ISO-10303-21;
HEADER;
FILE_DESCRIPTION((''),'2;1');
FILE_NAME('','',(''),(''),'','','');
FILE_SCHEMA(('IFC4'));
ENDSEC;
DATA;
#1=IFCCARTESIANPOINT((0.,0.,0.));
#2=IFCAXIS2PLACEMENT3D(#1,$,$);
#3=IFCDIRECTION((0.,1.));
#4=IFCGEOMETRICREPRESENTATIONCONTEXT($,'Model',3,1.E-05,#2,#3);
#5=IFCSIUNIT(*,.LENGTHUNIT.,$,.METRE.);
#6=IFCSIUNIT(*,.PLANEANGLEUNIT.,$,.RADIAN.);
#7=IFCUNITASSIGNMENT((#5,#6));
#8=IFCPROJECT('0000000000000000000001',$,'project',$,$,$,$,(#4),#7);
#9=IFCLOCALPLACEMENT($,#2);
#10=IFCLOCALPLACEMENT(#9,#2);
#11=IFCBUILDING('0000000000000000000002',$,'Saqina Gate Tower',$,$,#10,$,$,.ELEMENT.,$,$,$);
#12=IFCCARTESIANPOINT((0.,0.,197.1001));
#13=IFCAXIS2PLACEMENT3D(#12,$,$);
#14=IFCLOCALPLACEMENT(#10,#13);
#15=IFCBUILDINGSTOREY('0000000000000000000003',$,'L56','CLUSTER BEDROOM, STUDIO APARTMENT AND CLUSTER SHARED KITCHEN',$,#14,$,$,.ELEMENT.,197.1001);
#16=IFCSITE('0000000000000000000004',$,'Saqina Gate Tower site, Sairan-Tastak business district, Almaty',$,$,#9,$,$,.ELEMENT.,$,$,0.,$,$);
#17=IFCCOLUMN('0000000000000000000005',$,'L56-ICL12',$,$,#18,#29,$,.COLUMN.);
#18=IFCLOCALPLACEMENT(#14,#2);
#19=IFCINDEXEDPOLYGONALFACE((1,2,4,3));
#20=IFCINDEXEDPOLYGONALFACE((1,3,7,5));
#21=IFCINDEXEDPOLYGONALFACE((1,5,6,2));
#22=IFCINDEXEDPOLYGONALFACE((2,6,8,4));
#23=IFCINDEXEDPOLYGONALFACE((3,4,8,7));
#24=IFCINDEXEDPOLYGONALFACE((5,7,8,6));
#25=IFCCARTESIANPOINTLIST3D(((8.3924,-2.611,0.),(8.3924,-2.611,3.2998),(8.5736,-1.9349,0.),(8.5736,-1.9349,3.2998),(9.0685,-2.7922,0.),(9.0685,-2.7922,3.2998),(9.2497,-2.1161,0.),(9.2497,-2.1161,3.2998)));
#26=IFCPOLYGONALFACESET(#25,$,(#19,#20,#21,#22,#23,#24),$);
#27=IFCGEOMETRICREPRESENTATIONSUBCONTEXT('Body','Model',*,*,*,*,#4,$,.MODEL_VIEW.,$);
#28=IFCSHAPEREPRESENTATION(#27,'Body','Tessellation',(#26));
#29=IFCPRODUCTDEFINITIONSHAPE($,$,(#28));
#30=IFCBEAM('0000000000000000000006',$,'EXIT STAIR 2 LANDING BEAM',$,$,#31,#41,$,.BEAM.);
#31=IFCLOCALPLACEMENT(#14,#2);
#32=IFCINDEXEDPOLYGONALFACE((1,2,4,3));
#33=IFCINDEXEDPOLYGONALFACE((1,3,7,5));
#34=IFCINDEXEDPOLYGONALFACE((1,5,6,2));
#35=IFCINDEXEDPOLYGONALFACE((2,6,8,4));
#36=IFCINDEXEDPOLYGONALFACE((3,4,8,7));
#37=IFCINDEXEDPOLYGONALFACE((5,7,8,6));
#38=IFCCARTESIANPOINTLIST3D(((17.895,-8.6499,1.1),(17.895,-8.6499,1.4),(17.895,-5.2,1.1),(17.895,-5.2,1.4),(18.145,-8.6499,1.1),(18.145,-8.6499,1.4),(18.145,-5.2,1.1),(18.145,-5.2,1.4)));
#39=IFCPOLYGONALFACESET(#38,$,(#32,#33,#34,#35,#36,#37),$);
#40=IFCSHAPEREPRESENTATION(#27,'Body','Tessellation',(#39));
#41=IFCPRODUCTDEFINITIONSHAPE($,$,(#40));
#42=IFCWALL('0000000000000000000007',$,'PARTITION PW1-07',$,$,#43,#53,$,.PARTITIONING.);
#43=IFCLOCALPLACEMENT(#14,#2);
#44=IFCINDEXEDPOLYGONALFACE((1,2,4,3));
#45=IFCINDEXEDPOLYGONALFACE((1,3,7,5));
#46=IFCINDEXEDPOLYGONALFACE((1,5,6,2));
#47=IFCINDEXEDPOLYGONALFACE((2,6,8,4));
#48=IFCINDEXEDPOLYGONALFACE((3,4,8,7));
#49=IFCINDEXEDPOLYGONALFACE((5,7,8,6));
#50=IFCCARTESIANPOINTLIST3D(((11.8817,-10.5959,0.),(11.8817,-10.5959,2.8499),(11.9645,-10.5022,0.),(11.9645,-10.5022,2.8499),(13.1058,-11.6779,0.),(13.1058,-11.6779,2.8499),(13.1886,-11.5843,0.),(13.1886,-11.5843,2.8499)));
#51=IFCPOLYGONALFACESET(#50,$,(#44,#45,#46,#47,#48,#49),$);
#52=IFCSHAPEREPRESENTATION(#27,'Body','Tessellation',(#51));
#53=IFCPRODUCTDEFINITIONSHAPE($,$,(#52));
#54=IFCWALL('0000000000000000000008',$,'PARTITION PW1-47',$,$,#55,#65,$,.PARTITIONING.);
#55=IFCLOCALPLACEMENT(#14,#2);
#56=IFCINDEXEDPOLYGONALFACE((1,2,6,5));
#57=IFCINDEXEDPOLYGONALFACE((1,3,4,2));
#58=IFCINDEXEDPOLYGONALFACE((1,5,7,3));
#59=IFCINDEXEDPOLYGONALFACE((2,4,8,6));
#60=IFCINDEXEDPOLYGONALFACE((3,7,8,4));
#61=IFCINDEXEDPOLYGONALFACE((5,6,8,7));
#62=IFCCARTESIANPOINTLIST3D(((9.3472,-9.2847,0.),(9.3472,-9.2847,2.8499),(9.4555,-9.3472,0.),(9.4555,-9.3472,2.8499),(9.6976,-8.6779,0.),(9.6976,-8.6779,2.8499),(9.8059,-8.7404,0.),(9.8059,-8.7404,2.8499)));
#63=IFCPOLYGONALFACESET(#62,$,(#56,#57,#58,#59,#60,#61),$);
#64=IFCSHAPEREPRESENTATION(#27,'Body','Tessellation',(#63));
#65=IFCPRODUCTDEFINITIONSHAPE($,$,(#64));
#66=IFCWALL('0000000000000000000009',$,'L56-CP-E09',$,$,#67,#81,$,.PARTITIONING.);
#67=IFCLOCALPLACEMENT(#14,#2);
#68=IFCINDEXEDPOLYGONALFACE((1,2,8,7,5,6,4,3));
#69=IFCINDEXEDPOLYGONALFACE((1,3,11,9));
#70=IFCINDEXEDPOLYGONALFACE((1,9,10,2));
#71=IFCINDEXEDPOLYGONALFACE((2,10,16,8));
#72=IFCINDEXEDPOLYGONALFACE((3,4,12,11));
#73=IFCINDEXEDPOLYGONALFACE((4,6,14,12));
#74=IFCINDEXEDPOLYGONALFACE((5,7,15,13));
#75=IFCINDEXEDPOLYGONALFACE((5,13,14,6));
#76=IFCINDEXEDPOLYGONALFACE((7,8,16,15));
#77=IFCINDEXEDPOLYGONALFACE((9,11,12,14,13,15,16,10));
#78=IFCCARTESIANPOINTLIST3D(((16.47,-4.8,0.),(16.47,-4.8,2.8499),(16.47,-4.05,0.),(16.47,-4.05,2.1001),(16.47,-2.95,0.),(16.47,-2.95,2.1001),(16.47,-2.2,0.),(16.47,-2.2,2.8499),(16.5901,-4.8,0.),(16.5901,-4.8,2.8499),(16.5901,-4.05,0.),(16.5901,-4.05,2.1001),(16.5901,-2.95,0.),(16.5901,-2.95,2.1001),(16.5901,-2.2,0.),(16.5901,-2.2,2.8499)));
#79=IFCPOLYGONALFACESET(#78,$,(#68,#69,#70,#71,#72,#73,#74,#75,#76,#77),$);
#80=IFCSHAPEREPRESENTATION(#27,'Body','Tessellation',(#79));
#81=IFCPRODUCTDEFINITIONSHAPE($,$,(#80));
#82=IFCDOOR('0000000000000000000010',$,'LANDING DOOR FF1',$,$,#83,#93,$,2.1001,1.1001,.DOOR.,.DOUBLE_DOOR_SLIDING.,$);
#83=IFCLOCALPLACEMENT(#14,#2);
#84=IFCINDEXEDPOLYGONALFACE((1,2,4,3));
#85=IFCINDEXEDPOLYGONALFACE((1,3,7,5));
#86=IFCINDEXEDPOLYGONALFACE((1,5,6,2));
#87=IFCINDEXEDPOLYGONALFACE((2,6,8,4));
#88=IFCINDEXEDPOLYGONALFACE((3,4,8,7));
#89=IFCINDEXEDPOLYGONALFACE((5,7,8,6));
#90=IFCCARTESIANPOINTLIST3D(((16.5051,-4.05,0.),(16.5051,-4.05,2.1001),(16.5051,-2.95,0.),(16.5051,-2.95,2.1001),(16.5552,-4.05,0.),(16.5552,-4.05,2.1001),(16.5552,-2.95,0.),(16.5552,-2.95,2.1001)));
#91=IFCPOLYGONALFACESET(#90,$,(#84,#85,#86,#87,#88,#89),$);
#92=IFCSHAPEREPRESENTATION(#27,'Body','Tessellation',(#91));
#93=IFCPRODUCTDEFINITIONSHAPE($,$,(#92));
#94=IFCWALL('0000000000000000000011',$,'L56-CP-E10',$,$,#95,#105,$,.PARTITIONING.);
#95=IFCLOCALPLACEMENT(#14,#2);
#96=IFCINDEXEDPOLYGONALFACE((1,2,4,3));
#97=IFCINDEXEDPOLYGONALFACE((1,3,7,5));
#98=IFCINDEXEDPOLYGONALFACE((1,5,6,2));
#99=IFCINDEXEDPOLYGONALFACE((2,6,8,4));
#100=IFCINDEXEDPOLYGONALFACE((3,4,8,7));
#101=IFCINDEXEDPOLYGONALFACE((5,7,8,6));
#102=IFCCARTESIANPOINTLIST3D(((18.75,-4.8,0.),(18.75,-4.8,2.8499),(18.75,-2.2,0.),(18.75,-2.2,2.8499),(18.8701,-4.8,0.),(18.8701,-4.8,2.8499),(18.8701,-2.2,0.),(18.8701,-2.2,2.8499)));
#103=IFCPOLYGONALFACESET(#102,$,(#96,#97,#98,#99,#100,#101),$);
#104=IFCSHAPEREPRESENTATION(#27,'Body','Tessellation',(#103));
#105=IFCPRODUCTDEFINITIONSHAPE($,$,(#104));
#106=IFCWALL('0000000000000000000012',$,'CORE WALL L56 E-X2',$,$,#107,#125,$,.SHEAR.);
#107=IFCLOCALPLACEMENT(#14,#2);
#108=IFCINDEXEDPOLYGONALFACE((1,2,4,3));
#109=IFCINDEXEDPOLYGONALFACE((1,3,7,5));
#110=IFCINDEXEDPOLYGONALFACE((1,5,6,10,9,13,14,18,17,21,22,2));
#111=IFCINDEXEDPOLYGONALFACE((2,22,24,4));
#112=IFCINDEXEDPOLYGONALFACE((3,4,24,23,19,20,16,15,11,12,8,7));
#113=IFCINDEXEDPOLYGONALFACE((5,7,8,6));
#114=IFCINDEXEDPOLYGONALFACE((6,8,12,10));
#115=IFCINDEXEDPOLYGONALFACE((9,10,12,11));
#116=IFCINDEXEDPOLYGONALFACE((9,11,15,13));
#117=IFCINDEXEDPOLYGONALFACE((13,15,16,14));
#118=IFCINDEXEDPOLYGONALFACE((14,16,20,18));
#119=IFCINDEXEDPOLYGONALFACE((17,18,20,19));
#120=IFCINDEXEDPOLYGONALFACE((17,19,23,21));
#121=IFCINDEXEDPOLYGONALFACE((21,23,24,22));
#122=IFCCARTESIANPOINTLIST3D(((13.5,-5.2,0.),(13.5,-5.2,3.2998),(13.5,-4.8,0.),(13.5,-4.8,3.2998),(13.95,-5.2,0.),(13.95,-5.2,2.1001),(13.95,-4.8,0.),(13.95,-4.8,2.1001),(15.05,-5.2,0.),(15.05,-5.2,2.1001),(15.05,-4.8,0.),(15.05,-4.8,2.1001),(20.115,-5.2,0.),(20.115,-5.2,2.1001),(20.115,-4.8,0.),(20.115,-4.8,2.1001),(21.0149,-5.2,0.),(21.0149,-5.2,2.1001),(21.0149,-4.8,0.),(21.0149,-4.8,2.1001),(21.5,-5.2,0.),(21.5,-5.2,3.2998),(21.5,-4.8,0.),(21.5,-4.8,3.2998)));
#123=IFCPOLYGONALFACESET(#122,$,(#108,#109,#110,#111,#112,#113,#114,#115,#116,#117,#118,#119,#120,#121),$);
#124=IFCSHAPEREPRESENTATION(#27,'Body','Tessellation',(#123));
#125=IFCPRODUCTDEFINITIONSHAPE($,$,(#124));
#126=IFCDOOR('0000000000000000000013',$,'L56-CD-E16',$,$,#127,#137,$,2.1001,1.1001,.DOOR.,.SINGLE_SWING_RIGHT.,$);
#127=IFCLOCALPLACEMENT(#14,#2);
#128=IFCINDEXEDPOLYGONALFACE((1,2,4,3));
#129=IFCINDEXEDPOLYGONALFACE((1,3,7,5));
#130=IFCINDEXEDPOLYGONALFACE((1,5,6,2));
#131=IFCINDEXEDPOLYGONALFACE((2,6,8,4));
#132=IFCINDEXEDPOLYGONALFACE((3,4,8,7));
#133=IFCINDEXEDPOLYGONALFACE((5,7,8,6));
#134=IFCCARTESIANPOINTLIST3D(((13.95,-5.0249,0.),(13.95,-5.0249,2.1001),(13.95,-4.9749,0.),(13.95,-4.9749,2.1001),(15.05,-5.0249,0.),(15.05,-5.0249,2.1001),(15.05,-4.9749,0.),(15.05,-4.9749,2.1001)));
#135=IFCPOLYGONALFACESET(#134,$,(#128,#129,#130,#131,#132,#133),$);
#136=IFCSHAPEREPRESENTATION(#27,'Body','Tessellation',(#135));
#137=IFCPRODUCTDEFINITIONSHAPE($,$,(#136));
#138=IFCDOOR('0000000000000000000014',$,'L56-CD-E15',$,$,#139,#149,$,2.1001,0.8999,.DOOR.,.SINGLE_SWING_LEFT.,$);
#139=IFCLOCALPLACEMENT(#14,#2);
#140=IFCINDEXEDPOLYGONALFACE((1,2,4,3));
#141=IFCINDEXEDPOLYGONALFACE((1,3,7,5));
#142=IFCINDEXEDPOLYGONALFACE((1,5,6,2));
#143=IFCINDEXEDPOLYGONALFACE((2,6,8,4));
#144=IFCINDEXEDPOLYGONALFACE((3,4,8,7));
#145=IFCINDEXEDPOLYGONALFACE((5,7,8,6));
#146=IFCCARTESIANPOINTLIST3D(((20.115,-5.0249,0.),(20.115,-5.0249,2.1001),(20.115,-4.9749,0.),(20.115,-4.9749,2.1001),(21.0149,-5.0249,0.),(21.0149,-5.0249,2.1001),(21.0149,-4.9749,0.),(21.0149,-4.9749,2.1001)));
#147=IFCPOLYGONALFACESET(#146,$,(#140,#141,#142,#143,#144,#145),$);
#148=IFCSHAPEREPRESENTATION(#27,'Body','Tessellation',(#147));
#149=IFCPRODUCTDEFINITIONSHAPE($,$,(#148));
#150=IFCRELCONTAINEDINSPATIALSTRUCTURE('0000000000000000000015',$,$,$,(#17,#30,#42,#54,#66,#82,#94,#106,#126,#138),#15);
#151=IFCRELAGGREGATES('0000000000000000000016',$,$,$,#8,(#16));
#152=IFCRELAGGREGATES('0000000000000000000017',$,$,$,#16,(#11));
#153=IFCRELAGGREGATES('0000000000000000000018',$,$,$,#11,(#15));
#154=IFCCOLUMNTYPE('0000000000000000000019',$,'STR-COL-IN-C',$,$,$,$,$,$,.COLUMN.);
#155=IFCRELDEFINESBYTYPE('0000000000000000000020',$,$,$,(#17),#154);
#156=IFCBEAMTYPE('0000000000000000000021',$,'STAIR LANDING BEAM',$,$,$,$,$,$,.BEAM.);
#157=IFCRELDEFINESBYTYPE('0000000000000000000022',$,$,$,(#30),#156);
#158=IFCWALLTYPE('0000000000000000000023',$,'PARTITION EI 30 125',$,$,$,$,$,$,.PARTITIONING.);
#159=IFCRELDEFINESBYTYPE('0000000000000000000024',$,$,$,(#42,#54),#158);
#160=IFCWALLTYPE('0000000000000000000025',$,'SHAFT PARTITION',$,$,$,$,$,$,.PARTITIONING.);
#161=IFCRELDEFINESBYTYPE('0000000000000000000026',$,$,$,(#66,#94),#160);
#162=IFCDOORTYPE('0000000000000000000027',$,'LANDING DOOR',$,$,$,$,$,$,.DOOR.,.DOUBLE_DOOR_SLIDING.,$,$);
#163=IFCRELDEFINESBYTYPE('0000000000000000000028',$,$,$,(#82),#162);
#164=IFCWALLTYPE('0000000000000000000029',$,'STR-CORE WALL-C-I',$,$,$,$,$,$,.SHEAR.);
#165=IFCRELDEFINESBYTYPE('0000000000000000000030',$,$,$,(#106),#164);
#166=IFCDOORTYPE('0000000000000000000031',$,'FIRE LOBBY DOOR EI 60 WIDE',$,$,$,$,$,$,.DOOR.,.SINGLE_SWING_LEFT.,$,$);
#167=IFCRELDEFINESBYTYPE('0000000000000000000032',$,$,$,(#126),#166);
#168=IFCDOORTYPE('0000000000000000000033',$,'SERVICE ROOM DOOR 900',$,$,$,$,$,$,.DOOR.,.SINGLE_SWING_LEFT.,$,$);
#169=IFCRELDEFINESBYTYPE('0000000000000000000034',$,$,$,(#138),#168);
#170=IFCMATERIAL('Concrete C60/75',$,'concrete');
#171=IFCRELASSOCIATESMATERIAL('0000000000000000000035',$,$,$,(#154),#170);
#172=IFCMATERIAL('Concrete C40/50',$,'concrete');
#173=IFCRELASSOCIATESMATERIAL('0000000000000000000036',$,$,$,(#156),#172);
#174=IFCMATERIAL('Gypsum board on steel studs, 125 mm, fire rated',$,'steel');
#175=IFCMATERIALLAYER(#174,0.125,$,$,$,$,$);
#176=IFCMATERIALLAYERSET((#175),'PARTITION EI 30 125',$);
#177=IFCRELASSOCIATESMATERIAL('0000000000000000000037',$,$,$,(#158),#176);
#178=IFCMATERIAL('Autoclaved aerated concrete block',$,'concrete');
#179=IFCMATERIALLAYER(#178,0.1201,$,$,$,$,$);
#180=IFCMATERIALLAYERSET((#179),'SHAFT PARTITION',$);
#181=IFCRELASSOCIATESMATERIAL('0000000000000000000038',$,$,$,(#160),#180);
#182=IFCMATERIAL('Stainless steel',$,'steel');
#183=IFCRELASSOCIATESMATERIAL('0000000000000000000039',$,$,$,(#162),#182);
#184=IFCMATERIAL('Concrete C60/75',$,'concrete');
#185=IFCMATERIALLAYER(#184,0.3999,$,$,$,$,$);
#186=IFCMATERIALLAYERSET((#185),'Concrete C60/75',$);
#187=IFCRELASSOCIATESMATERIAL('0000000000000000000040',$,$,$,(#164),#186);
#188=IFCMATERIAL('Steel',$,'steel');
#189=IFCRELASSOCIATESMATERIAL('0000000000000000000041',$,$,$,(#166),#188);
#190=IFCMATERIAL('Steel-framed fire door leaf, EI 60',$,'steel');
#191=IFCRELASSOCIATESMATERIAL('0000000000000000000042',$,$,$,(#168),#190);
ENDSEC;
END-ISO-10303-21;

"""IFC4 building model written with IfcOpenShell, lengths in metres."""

from ifc_helpers import new_model, si_unit, direction, frame, frame_2d, origin, origin_2d, place, context, subcontext, project, spatial, rectangle, extrude, material, layer, layer_set, material_profile, profile_set, type_object, element, fill, save


model = new_model("IFC4")

# Units and contexts
model_context = context("Model", 3, precision=1e-05, world=origin(), true_north=direction((0.0, 1.0)))
body_context = subcontext(model_context, "Body", "Model", "MODEL_VIEW")
ifc_project = project(units=[si_unit("LENGTHUNIT", "METRE"), si_unit("PLANEANGLEUNIT", "RADIAN")], contexts=[model_context])

# Site, building, storey
site_placement = place(None, origin())
site = spatial("IfcSite", under=ifc_project, at=site_placement, Name="Saqina Gate Tower site, Sairan-Tastak business district, Almaty", CompositionType="ELEMENT", RefElevation=0.0)
building_placement = place(site_placement, origin())
building = spatial("IfcBuilding", under=site, at=building_placement, Name="Saqina Gate Tower", CompositionType="ELEMENT")
storey_placement = place(building_placement, frame((0.0, 0.0, 197.1001)))
storey = spatial("IfcBuildingStorey", under=building, at=storey_placement, Name="L56", Description="CLUSTER BEDROOM, STUDIO APARTMENT AND CLUSTER SHARED KITCHEN", CompositionType="ELEMENT", Elevation=197.1001)

# Column
ifc_material_1 = material(Name="Concrete C60/75", Category="concrete")
ifc_material_profile_1 = material_profile(ifc_material_1, rectangle(XDim=0.7, YDim=0.7, at=origin_2d()), Name="RC 700x700")
ifc_profile_set_1 = profile_set([ifc_material_profile_1], Name="Concrete C60/75")
column_type = type_object("IfcColumnType", Name="STR-COL-IN-C", PredefinedType="COLUMN", material=ifc_profile_set_1)
column_placement = place(storey_placement, frame((8.821, -2.3635, 0.0), z_axis=(0.0, 0.0, 1.0), x_axis=(0.965926, -0.258819, 0.0)))
element("IfcColumn", 1, at=column_placement, inside=storey, type_object=column_type, Name="L56-ICL12", PredefinedType="COLUMN", context=body_context, shape_type="SweptSolid", body=[
    extrude(rectangle(XDim=0.7, YDim=0.7, at=origin_2d()), origin(), (0.0, 0.0, 1.0), 3.2998),
])

# Beam
ifc_material_2 = material(Name="Concrete C40/50", Category="concrete")
ifc_material_profile_2 = material_profile(ifc_material_2, rectangle(XDim=0.25, YDim=0.3, at=origin_2d()), Name="STAIR LANDING BEAM")
ifc_profile_set_2 = profile_set([ifc_material_profile_2], Name="Concrete C40/50")
beam_type = type_object("IfcBeamType", Name="STAIR LANDING BEAM", PredefinedType="BEAM", material=ifc_profile_set_2)
beam_placement = place(storey_placement, frame((18.02, -8.6499, 1.25), z_axis=(0.0, 1.0, 0.0), x_axis=(-1.0, 0.0, 0.0)))
element("IfcBeam", 2, at=beam_placement, inside=storey, type_object=beam_type, Name="EXIT STAIR 2 LANDING BEAM", PredefinedType="BEAM", context=body_context, shape_type="SweptSolid", body=[
    extrude(rectangle(XDim=0.25, YDim=0.3, at=origin_2d()), origin(), (0.0, 0.0, 1.0), 3.45),
])

# Walls
ifc_material_3 = material(Name="Gypsum board on steel studs, 125 mm, fire rated", Category="steel")
ifc_layer_1 = layer(ifc_material_3, 0.125)
ifc_layer_set_1 = layer_set([ifc_layer_1], Name="PARTITION EI 30 125")
wall_type_1 = type_object("IfcWallType", Name="PARTITION EI 30 125", PredefinedType="PARTITIONING", material=ifc_layer_set_1)
wall_1_placement = place(storey_placement, frame((11.9231, -10.5491, 0.0), z_axis=(0.0, 0.0, 1.0), x_axis=(0.749253, -0.662284, 0.0)))
element("IfcWall", 3, at=wall_1_placement, inside=storey, type_object=wall_type_1, Name="PARTITION PW1-07", PredefinedType="PARTITIONING", context=body_context, shape_type="SweptSolid", body=[
    extrude(rectangle(XDim=1.6338, YDim=0.125, at=frame_2d((0.8169, 0.0))), origin(), (0.0, 0.0, 1.0), 2.8499),
])
wall_2_placement = place(storey_placement, frame((9.4014, -9.3159, 0.0), z_axis=(0.0, 0.0, 1.0), x_axis=(0.500074, 0.865982, 0.0)))
element("IfcWall", 4, at=wall_2_placement, inside=storey, type_object=wall_type_1, Name="PARTITION PW1-47", PredefinedType="PARTITIONING", context=body_context, shape_type="SweptSolid", body=[
    extrude(rectangle(XDim=0.7007, YDim=0.125, at=frame_2d((0.3503, 0.0))), origin(), (0.0, 0.0, 1.0), 2.8499),
])

# Wall, opening, door
ifc_material_4 = material(Name="Autoclaved aerated concrete block", Category="concrete")
ifc_layer_2 = layer(ifc_material_4, 0.1201)
ifc_layer_set_2 = layer_set([ifc_layer_2], Name="SHAFT PARTITION")
wall_type_2 = type_object("IfcWallType", Name="SHAFT PARTITION", PredefinedType="PARTITIONING", material=ifc_layer_set_2)
wall_3_placement = place(storey_placement, frame((16.53, -4.8, 0.0), z_axis=(0.0, 0.0, 1.0), x_axis=(0.0, 1.0, 0.0)))
wall_3 = element("IfcWall", 5, at=wall_3_placement, inside=storey, type_object=wall_type_2, Name="L56-CP-E09", PredefinedType="PARTITIONING", context=body_context, shape_type="SweptSolid", body=[
    extrude(rectangle(XDim=2.6001, YDim=0.1201, at=frame_2d((1.3, 0.0))), origin(), (0.0, 0.0, 1.0), 2.8499),
])
opening_1_placement = place(wall_3_placement, frame((0.75, 0.0, 0.0)))
opening_1 = element("IfcOpeningElement", 6, at=opening_1_placement, cuts=wall_3, PredefinedType="OPENING", context=body_context, shape_type="SweptSolid", body=[
    extrude(rectangle(XDim=1.1001, YDim=2.1001, at=frame_2d((0.55, 1.05))), frame((0.0, 0.072, 0.0), z_axis=(0.0, -1.0, 0.0), x_axis=(1.0, 0.0, 0.0)), (0.0, 0.0, 1.0), 0.144),
])
ifc_material_5 = material(Name="Stainless steel", Category="steel")
door_type_1 = type_object("IfcDoorType", Name="LANDING DOOR", OperationType="DOUBLE_DOOR_SLIDING", PredefinedType="DOOR", material=ifc_material_5)
door_1_placement = place(opening_1_placement, origin())
door_1 = element("IfcDoor", 7, at=door_1_placement, inside=storey, type_object=door_type_1, Name="LANDING DOOR FF1", OperationType="DOUBLE_DOOR_SLIDING", OverallHeight=2.1001, OverallWidth=1.1001, PredefinedType="DOOR", context=body_context, shape_type="SweptSolid", body=[
    extrude(rectangle(XDim=1.1001, YDim=2.1001, at=frame_2d((0.55, 1.05))), frame((0.0, 0.0249, 0.0), z_axis=(0.0, -1.0, 0.0), x_axis=(1.0, 0.0, 0.0)), (0.0, 0.0, 1.0), 0.05),
])
fill(opening_1, door_1)

# Wall
wall_4_placement = place(storey_placement, frame((18.8101, -4.8, 0.0), z_axis=(0.0, 0.0, 1.0), x_axis=(0.0, 1.0, 0.0)))
element("IfcWall", 8, at=wall_4_placement, inside=storey, type_object=wall_type_2, Name="L56-CP-E10", PredefinedType="PARTITIONING", context=body_context, shape_type="SweptSolid", body=[
    extrude(rectangle(XDim=2.6001, YDim=0.1201, at=frame_2d((1.3, 0.0))), origin(), (0.0, 0.0, 1.0), 2.8499),
])

# Wall, openings, doors
ifc_material_6 = material(Name="Concrete C60/75", Category="concrete")
ifc_layer_3 = layer(ifc_material_6, 0.3999)
ifc_layer_set_3 = layer_set([ifc_layer_3], Name="Concrete C60/75")
wall_type_3 = type_object("IfcWallType", Name="STR-CORE WALL-C-I", PredefinedType="SHEAR", material=ifc_layer_set_3)
wall_5_placement = place(storey_placement, frame((13.5, -5.0, 0.0), z_axis=(0.0, 0.0, 1.0), x_axis=(1.0, 0.0, 0.0)))
wall_5 = element("IfcWall", 9, at=wall_5_placement, inside=storey, type_object=wall_type_3, Name="CORE WALL L56 E-X2", PredefinedType="SHEAR", context=body_context, shape_type="SweptSolid", body=[
    extrude(rectangle(XDim=8.0, YDim=0.3999, at=frame_2d((4.0, 0.0))), origin(), (0.0, 0.0, 1.0), 3.2998),
])
opening_2_placement = place(wall_5_placement, frame((6.615, 0.0, 0.0)))
opening_2 = element("IfcOpeningElement", 10, at=opening_2_placement, cuts=wall_5, PredefinedType="OPENING", context=body_context, shape_type="SweptSolid", body=[
    extrude(rectangle(XDim=0.8999, YDim=2.1001, at=frame_2d((0.45, 1.05))), frame((0.0, 0.2119, 0.0), z_axis=(0.0, -1.0, 0.0), x_axis=(1.0, 0.0, 0.0)), (0.0, 0.0, 1.0), 0.4238),
])
opening_3_placement = place(wall_5_placement, frame((0.45, 0.0, 0.0)))
opening_3 = element("IfcOpeningElement", 11, at=opening_3_placement, cuts=wall_5, PredefinedType="OPENING", context=body_context, shape_type="SweptSolid", body=[
    extrude(rectangle(XDim=1.1001, YDim=2.1001, at=frame_2d((0.55, 1.05))), frame((0.0, 0.2119, 0.0), z_axis=(0.0, -1.0, 0.0), x_axis=(1.0, 0.0, 0.0)), (0.0, 0.0, 1.0), 0.4238),
])
ifc_material_7 = material(Name="Steel", Category="steel")
door_type_2 = type_object("IfcDoorType", Name="FIRE LOBBY DOOR EI 60 WIDE", OperationType="SINGLE_SWING_LEFT", PredefinedType="DOOR", material=ifc_material_7)
door_2_placement = place(opening_3_placement, frame((1.1001, 0.0, 0.0), z_axis=(0.0, 0.0, 1.0), x_axis=(-1.0, 0.0, 0.0)))
door_2 = element("IfcDoor", 12, at=door_2_placement, inside=storey, type_object=door_type_2, Name="L56-CD-E16", OperationType="SINGLE_SWING_RIGHT", OverallHeight=2.1001, OverallWidth=1.1001, PredefinedType="DOOR", context=body_context, shape_type="SweptSolid", body=[
    extrude(rectangle(XDim=1.1001, YDim=2.1001, at=frame_2d((0.55, 1.05))), frame((0.0, 0.0249, 0.0), z_axis=(0.0, -1.0, 0.0), x_axis=(1.0, 0.0, 0.0)), (0.0, 0.0, 1.0), 0.05),
])
fill(opening_3, door_2)
ifc_material_8 = material(Name="Steel-framed fire door leaf, EI 60", Category="steel")
door_type_3 = type_object("IfcDoorType", Name="SERVICE ROOM DOOR 900", OperationType="SINGLE_SWING_LEFT", PredefinedType="DOOR", material=ifc_material_8)
door_3_placement = place(opening_2_placement, frame((0.8999, 0.0, 0.0), z_axis=(0.0, 0.0, 1.0), x_axis=(-1.0, 0.0, 0.0)))
door_3 = element("IfcDoor", 13, at=door_3_placement, inside=storey, type_object=door_type_3, Name="L56-CD-E15", OperationType="SINGLE_SWING_LEFT", OverallHeight=2.1001, OverallWidth=0.8999, PredefinedType="DOOR", context=body_context, shape_type="SweptSolid", body=[
    extrude(rectangle(XDim=0.8999, YDim=2.1001, at=frame_2d((0.45, 1.05))), frame((0.0, 0.0249, 0.0), z_axis=(0.0, -1.0, 0.0), x_axis=(1.0, 0.0, 0.0)), (0.0, 0.0, 1.0), 0.05),
])
fill(opening_2, door_3)

save(model, "model.ifc")
